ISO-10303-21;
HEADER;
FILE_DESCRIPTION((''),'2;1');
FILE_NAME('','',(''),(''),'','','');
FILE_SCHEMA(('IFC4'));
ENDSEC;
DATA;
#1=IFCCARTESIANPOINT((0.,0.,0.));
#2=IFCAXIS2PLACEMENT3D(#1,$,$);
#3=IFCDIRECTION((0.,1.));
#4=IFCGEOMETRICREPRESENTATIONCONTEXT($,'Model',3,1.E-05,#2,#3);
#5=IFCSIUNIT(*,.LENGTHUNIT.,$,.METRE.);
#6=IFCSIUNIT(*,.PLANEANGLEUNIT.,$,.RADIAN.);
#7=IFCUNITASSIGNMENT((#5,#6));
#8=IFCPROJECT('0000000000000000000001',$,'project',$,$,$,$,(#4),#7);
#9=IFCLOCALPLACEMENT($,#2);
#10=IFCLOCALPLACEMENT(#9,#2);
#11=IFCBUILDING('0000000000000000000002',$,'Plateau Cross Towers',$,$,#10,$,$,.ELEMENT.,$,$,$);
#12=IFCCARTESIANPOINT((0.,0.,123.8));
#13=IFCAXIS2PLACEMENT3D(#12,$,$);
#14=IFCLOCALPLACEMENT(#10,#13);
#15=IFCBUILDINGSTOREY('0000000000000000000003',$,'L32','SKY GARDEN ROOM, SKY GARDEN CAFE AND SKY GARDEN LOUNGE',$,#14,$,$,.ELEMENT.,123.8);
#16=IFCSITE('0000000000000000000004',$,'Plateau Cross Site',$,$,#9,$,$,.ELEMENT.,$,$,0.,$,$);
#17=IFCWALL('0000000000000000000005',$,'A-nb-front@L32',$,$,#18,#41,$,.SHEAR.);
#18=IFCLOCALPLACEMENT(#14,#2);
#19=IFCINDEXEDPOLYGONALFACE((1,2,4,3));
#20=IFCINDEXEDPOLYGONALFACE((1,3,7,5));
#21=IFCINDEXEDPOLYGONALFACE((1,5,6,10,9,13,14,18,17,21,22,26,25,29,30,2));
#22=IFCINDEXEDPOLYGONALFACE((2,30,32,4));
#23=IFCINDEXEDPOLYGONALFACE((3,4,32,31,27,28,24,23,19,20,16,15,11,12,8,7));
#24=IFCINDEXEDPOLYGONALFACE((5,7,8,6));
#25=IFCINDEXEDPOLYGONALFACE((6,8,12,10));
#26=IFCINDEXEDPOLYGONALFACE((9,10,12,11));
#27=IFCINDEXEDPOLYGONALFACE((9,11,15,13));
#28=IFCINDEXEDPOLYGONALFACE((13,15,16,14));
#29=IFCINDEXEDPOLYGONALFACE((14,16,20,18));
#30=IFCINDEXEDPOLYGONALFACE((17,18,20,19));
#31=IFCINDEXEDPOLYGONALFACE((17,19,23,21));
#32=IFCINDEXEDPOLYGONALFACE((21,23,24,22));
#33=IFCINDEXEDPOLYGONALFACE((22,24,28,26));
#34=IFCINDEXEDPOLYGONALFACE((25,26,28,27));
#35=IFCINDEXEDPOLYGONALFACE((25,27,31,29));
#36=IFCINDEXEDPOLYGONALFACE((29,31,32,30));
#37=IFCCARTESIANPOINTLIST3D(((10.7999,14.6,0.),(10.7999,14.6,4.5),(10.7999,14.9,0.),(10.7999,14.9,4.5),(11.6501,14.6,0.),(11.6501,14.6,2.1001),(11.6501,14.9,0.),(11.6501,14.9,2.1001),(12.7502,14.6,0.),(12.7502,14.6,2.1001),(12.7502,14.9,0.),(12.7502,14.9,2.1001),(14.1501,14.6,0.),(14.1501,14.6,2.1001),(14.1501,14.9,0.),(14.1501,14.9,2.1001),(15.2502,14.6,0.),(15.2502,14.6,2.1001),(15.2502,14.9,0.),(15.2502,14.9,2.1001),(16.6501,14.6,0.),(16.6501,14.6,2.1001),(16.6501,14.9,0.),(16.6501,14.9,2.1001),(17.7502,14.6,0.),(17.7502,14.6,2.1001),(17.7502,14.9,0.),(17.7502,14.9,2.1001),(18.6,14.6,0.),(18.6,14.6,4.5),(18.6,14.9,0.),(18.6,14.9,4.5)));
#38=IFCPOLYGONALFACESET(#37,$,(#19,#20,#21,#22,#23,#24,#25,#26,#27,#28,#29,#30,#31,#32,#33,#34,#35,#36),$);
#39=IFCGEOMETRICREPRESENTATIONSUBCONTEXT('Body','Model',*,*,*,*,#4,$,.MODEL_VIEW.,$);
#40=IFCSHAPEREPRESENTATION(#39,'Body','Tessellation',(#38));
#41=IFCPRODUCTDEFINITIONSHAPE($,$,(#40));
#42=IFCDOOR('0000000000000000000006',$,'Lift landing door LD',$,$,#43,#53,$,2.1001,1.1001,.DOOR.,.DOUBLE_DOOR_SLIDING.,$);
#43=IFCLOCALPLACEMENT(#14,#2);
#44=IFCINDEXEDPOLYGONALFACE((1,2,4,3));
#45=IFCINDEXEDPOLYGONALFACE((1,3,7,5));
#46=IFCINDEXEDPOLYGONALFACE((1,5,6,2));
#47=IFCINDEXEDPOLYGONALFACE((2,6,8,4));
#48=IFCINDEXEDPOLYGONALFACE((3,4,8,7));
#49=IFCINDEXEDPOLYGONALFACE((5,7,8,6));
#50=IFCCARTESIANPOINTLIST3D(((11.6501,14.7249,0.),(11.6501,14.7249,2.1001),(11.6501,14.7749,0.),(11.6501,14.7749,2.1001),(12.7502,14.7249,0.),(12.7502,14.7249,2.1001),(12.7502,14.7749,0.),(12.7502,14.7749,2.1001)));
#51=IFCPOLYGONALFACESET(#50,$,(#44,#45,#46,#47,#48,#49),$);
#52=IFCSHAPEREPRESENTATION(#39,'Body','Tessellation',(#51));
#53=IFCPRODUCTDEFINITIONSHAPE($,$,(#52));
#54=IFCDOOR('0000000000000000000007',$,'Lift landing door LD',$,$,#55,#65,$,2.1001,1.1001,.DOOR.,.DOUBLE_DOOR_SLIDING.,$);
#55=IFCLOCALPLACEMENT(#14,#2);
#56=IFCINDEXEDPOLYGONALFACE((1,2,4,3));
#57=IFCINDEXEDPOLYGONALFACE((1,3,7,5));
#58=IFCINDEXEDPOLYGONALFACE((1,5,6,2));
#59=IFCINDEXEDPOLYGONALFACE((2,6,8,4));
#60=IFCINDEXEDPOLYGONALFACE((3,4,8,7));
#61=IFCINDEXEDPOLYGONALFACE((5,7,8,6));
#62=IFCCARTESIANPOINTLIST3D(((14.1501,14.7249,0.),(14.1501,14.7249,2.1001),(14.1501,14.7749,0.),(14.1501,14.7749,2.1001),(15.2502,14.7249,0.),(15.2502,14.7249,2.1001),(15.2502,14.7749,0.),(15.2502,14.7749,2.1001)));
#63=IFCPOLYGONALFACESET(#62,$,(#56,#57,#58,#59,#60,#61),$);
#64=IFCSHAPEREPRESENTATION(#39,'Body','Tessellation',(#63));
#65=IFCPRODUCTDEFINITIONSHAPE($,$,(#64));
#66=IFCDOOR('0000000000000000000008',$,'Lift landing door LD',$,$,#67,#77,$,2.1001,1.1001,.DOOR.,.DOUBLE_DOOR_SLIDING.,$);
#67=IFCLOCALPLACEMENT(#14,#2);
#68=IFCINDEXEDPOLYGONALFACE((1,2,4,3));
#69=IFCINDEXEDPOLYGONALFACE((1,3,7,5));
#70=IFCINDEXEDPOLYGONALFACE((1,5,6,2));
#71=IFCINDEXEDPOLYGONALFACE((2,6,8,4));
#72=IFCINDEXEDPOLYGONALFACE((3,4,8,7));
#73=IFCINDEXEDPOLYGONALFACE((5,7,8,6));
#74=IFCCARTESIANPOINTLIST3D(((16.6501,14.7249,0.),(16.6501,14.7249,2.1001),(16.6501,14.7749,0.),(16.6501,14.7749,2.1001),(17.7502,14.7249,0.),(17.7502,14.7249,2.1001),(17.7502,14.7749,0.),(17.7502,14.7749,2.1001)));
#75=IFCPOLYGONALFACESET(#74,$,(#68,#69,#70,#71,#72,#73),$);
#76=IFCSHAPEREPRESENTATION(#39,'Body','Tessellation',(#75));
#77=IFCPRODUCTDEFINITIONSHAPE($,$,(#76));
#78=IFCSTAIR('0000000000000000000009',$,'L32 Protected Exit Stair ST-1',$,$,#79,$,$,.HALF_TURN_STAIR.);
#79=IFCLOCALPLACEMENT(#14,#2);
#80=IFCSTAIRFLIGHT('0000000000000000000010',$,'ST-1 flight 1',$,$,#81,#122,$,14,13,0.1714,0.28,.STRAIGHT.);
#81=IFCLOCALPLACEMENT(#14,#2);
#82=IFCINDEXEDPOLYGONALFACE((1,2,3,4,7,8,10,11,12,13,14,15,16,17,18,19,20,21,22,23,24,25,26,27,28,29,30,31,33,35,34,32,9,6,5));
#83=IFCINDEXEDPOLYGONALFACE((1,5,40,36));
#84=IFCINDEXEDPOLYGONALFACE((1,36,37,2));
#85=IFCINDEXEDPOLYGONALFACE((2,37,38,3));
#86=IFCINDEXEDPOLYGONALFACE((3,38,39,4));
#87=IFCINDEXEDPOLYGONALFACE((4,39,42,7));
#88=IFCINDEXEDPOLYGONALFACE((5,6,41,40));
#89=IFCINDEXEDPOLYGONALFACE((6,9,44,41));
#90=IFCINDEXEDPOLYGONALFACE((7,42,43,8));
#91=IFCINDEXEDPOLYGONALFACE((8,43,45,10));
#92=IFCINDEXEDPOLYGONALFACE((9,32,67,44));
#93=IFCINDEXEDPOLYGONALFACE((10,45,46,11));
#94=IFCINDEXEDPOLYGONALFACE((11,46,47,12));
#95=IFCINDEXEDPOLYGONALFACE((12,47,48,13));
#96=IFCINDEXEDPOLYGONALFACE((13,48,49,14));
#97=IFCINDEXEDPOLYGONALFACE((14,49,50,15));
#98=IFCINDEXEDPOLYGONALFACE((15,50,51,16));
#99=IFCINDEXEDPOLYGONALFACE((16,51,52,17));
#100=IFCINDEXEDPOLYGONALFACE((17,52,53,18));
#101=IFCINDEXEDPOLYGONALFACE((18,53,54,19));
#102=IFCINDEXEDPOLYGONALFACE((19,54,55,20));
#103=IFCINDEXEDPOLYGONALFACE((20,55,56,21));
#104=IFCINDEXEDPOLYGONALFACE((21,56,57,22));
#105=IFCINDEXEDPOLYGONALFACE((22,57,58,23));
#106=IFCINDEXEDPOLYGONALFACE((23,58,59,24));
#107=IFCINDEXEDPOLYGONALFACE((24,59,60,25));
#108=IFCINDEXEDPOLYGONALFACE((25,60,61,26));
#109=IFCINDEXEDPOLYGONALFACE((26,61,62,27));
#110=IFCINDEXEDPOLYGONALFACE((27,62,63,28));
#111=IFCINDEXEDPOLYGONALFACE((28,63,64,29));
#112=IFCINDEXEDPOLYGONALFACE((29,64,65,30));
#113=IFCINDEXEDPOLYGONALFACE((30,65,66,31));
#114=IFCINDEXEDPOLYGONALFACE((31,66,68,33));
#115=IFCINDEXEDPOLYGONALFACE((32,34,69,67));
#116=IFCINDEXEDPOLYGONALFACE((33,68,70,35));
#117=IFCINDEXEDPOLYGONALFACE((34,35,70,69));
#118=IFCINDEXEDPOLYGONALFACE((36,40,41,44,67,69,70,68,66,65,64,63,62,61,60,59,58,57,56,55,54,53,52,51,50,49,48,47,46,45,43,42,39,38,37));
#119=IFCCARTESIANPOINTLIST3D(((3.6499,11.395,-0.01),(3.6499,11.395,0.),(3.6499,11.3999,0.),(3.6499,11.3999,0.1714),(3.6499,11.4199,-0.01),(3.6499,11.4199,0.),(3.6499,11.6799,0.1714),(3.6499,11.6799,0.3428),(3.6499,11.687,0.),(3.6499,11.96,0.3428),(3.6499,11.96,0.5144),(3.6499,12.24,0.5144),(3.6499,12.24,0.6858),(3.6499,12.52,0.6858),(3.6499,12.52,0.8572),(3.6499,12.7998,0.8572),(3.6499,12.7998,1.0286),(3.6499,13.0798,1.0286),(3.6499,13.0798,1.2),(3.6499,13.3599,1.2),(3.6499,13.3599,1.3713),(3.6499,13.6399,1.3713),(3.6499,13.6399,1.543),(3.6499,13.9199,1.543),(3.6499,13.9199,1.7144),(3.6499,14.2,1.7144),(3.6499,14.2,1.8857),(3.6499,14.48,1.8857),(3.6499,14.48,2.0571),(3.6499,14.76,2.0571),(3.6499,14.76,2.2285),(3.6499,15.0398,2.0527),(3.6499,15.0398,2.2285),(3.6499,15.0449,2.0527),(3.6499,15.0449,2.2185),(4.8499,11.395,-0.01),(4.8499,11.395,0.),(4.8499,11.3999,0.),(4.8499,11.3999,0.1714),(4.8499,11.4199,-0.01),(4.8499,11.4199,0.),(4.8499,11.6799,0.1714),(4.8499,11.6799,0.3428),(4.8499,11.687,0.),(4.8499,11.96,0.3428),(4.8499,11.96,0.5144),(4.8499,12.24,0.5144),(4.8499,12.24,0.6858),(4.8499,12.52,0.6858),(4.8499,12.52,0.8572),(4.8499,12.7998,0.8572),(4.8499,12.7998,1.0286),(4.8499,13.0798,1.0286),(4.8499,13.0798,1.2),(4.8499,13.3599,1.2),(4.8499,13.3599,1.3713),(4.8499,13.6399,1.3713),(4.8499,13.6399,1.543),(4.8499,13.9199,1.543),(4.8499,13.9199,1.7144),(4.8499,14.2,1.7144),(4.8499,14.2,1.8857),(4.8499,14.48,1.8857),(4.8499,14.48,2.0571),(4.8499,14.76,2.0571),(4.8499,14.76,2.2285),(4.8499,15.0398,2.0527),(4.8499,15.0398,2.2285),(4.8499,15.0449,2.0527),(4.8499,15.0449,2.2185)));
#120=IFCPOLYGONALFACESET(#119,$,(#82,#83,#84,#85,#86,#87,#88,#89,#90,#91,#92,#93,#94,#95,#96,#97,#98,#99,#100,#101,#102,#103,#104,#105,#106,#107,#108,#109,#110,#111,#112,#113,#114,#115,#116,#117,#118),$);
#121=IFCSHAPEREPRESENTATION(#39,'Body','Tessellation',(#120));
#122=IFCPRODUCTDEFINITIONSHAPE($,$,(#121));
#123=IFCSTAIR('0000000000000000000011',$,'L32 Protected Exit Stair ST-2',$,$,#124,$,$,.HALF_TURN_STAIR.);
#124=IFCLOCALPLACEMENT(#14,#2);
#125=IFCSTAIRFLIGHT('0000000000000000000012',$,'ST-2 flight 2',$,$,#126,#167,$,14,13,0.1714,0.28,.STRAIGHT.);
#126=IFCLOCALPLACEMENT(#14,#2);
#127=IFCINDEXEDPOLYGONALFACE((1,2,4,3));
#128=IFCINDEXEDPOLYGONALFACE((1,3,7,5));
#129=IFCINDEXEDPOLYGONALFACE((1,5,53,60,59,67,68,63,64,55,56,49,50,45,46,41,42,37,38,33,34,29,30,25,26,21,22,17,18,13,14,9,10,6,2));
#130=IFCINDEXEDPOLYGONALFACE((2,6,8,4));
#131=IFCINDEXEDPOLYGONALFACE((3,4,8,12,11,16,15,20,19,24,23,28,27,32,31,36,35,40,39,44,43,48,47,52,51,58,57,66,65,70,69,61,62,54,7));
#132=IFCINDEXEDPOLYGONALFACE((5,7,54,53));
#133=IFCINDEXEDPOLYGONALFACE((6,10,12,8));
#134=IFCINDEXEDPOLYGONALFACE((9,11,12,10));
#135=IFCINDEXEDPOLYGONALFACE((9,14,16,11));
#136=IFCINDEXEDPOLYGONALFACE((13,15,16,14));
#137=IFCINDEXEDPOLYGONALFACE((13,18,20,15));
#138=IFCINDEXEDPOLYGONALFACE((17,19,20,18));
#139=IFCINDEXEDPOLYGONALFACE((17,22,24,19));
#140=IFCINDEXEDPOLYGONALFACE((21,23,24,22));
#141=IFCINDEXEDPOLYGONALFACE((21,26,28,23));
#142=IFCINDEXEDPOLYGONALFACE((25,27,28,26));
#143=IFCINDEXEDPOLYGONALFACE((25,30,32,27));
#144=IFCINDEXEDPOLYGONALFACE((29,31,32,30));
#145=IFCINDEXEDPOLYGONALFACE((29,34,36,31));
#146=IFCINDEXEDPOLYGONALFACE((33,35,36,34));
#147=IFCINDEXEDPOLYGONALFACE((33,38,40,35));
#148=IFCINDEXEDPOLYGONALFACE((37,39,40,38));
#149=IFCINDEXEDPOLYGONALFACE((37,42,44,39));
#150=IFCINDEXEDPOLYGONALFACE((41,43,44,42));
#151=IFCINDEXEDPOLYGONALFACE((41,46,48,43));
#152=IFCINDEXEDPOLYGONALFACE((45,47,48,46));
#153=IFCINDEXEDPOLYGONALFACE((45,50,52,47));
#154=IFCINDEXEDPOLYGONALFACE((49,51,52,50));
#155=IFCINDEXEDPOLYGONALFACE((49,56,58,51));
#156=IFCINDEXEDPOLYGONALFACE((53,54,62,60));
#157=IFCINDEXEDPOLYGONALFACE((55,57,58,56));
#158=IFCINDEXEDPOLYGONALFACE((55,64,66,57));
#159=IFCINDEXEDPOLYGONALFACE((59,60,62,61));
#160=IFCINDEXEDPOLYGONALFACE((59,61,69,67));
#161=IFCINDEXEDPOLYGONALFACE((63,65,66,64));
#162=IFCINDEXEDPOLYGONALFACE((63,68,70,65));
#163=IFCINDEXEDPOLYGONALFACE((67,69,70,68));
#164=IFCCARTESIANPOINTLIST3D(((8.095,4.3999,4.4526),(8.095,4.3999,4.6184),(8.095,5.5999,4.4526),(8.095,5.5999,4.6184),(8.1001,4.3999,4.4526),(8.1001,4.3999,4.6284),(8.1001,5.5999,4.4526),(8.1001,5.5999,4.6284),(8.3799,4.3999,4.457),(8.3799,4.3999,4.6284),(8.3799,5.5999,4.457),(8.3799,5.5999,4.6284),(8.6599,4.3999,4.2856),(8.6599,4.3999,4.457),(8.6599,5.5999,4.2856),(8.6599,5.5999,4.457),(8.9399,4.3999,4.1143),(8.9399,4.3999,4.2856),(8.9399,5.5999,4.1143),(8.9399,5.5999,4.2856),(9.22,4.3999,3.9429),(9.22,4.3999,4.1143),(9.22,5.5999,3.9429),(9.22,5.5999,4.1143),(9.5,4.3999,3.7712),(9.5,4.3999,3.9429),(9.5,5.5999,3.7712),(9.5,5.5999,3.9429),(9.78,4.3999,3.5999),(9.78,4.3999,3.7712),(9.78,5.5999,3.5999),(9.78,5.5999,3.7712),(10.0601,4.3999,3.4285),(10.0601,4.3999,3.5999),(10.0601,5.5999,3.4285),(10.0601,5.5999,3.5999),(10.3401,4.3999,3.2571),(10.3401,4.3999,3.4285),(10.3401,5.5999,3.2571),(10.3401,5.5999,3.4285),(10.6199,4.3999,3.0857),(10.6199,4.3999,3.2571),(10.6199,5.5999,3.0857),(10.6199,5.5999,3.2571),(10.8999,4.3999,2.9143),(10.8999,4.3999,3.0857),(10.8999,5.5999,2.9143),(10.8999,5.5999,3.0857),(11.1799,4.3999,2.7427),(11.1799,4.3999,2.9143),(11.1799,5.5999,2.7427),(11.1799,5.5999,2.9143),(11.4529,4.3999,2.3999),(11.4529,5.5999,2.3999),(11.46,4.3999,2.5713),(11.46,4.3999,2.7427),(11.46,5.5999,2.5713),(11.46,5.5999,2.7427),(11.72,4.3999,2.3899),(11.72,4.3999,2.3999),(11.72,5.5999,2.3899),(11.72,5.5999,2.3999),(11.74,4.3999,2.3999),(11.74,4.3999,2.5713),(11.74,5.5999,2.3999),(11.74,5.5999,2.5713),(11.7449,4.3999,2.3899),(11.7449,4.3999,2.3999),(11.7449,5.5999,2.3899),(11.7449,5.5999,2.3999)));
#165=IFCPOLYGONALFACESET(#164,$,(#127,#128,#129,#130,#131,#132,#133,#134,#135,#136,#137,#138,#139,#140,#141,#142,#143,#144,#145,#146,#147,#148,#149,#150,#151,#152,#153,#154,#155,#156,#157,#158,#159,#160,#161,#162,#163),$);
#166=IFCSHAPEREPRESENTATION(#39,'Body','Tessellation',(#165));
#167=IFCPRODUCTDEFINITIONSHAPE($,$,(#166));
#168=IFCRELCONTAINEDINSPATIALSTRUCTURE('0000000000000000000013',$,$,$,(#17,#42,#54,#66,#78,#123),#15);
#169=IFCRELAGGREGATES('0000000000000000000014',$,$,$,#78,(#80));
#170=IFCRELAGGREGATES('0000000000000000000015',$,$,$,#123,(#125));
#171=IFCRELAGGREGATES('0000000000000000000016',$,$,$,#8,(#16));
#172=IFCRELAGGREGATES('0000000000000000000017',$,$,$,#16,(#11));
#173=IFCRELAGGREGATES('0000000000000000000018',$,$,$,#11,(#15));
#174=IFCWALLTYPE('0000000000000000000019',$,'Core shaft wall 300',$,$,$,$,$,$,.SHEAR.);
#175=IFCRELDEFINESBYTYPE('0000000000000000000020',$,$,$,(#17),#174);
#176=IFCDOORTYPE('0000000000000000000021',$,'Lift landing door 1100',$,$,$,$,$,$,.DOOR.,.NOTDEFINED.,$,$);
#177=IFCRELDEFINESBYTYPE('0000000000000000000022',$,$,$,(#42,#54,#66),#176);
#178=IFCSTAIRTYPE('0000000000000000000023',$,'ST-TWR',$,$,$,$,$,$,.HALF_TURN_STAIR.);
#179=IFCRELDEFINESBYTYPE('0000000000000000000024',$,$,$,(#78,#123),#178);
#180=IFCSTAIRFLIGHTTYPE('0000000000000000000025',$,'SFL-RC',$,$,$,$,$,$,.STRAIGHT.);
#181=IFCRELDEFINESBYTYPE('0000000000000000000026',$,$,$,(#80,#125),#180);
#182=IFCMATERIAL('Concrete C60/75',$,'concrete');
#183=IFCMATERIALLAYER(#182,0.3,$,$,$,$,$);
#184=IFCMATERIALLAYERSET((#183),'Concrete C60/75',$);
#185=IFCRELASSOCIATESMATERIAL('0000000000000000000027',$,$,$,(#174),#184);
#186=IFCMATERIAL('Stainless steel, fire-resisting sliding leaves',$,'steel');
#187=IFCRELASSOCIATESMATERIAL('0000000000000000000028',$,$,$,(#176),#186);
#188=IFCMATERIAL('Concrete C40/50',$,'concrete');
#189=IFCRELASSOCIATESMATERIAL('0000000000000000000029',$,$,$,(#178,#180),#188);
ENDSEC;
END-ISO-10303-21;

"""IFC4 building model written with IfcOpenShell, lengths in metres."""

from ifc_helpers import new_model, si_unit, direction, frame, frame_2d, origin, place, context, subcontext, project, spatial, polyline, rectangle, outline, extrude, material, layer, layer_set, type_object, element, fill, aggregate, save


model = new_model("IFC4")

# Units and contexts
model_context = context("Model", 3, precision=1e-05, world=origin(), true_north=direction((0.0, 1.0)))
body_context = subcontext(model_context, "Body", "Model", "MODEL_VIEW")
ifc_project = project(units=[si_unit("LENGTHUNIT", "METRE"), si_unit("PLANEANGLEUNIT", "RADIAN")], contexts=[model_context])

# Site, building, storey
site_placement = place(None, origin())
site = spatial("IfcSite", under=ifc_project, at=site_placement, Name="Plateau Cross Site", CompositionType="ELEMENT", RefElevation=0.0)
building_placement = place(site_placement, origin())
building = spatial("IfcBuilding", under=site, at=building_placement, Name="Plateau Cross Towers", CompositionType="ELEMENT")
storey_placement = place(building_placement, frame((0.0, 0.0, 123.8)))
storey = spatial("IfcBuildingStorey", under=building, at=storey_placement, Name="L32", Description="SKY GARDEN ROOM, SKY GARDEN CAFE AND SKY GARDEN LOUNGE", CompositionType="ELEMENT", Elevation=123.8)

# Shared definitions
ifc_material_1 = material(Name="Concrete C60/75", Category="concrete")
ifc_layer_1 = layer(ifc_material_1, 0.3)
ifc_layer_set_1 = layer_set([ifc_layer_1], Name="Concrete C60/75")
wall_type_1 = type_object("IfcWallType", Name="Core shaft wall 300", PredefinedType="SHEAR", material=ifc_layer_set_1)

# Wall, openings, doors
wall_1_placement = place(storey_placement, frame((10.8, 14.75, 0.0), z_axis=(0.0, 0.0, 1.0), x_axis=(1.0, 0.0, 0.0)))
wall_1 = element("IfcWall", 1, at=wall_1_placement, inside=storey, type_object=wall_type_1, Name="A-nb-front@L32", PredefinedType="SHEAR", context=body_context, shape_type="SweptSolid", body=[
    extrude(rectangle(XDim=7.8, YDim=0.3, at=frame_2d((3.8999, 0.0))), origin(), (0.0, 0.0, 1.0), 4.5),
])
opening_1_placement = place(wall_1_placement, frame((0.8501, 0.0, 0.0)))
opening_1 = element("IfcOpeningElement", 2, at=opening_1_placement, cuts=wall_1, PredefinedType="OPENING", context=body_context, shape_type="SweptSolid", body=[
    extrude(rectangle(XDim=1.1001, YDim=2.1001, at=frame_2d((0.55, 1.05))), frame((0.0, 0.1599, 0.0), z_axis=(0.0, -1.0, 0.0), x_axis=(1.0, 0.0, 0.0)), (0.0, 0.0, 1.0), 0.3201),
])
opening_2_placement = place(wall_1_placement, frame((3.3501, 0.0, 0.0)))
opening_2 = element("IfcOpeningElement", 3, at=opening_2_placement, cuts=wall_1, PredefinedType="OPENING", context=body_context, shape_type="SweptSolid", body=[
    extrude(rectangle(XDim=1.1001, YDim=2.1001, at=frame_2d((0.55, 1.05))), frame((0.0, 0.1599, 0.0), z_axis=(0.0, -1.0, 0.0), x_axis=(1.0, 0.0, 0.0)), (0.0, 0.0, 1.0), 0.3201),
])
opening_3_placement = place(wall_1_placement, frame((5.8501, 0.0, 0.0)))
opening_3 = element("IfcOpeningElement", 4, at=opening_3_placement, cuts=wall_1, PredefinedType="OPENING", context=body_context, shape_type="SweptSolid", body=[
    extrude(rectangle(XDim=1.1001, YDim=2.1001, at=frame_2d((0.55, 1.05))), frame((0.0, 0.1599, 0.0), z_axis=(0.0, -1.0, 0.0), x_axis=(1.0, 0.0, 0.0)), (0.0, 0.0, 1.0), 0.3201),
])
ifc_material_2 = material(Name="Stainless steel, fire-resisting sliding leaves", Category="steel")
door_type_1 = type_object("IfcDoorType", Name="Lift landing door 1100", OperationType="NOTDEFINED", PredefinedType="DOOR", material=ifc_material_2)
door_1_placement = place(opening_1_placement, origin())
door_1 = element("IfcDoor", 5, at=door_1_placement, inside=storey, type_object=door_type_1, Name="Lift landing door LD", OperationType="DOUBLE_DOOR_SLIDING", OverallHeight=2.1001, OverallWidth=1.1001, PredefinedType="DOOR", context=body_context, shape_type="SweptSolid", body=[
    extrude(rectangle(XDim=1.1001, YDim=2.1001, at=frame_2d((0.55, 1.05))), frame((0.0, 0.0249, 0.0), z_axis=(0.0, -1.0, 0.0), x_axis=(1.0, 0.0, 0.0)), (0.0, 0.0, 1.0), 0.05),
])
fill(opening_1, door_1)
door_2_placement = place(opening_2_placement, origin())
door_2 = element("IfcDoor", 6, at=door_2_placement, inside=storey, type_object=door_type_1, Name="Lift landing door LD", OperationType="DOUBLE_DOOR_SLIDING", OverallHeight=2.1001, OverallWidth=1.1001, PredefinedType="DOOR", context=body_context, shape_type="SweptSolid", body=[
    extrude(rectangle(XDim=1.1001, YDim=2.1001, at=frame_2d((0.55, 1.05))), frame((0.0, 0.0249, 0.0), z_axis=(0.0, -1.0, 0.0), x_axis=(1.0, 0.0, 0.0)), (0.0, 0.0, 1.0), 0.05),
])
fill(opening_2, door_2)
door_3_placement = place(opening_3_placement, origin())
door_3 = element("IfcDoor", 7, at=door_3_placement, inside=storey, type_object=door_type_1, Name="Lift landing door LD", OperationType="DOUBLE_DOOR_SLIDING", OverallHeight=2.1001, OverallWidth=1.1001, PredefinedType="DOOR", context=body_context, shape_type="SweptSolid", body=[
    extrude(rectangle(XDim=1.1001, YDim=2.1001, at=frame_2d((0.55, 1.05))), frame((0.0, 0.0249, 0.0), z_axis=(0.0, -1.0, 0.0), x_axis=(1.0, 0.0, 0.0)), (0.0, 0.0, 1.0), 0.05),
])
fill(opening_3, door_3)

# Stairs, stair flights
ifc_material_3 = material(Name="Concrete C40/50", Category="concrete")
stair_type = type_object("IfcStairType", Name="ST-TWR", PredefinedType="HALF_TURN_STAIR", material=ifc_material_3)
stair_1_placement = place(storey_placement, origin())
stair_1 = element("IfcStair", 8, at=stair_1_placement, inside=storey, type_object=stair_type, Name="L32 Protected Exit Stair ST-1", PredefinedType="HALF_TURN_STAIR")
stair_flight_type = type_object("IfcStairFlightType", Name="SFL-RC", PredefinedType="STRAIGHT", material=ifc_material_3)
stair_flight_1_placement = place(storey_placement, frame((4.25, 11.3999, 0.0), z_axis=(0.0, 0.0, 1.0), x_axis=(0.0, 1.0, 0.0)))
stair_flight_1 = element("IfcStairFlight", 9, at=stair_flight_1_placement, type_object=stair_flight_type, Name="ST-1 flight 1", NumberOfRisers=14, NumberOfTreads=13, PredefinedType="STRAIGHT", RiserHeight=0.1714, TreadLength=0.28, context=body_context, shape_type="SweptSolid", body=[
    extrude(outline(polyline([(-0.0049, -0.01), (-0.0049, 0.0), (0.0, 0.0), (0.0, 0.1714), (0.28, 0.1714), (0.28, 0.3428), (0.5601, 0.3428), (0.5601, 0.5144), (0.8401, 0.5144), (0.8401, 0.6858), (1.1201, 0.6858), (1.1201, 0.8572), (1.3999, 0.8572), (1.3999, 1.0286), (1.6799, 1.0286), (1.6799, 1.2), (1.96, 1.2), (1.96, 1.3713), (2.24, 1.3713), (2.24, 1.543), (2.52, 1.543), (2.52, 1.7144), (2.8, 1.7144), (2.8, 1.8857), (3.0801, 1.8857), (3.0801, 2.0571), (3.3601, 2.0571), (3.3601, 2.2285), (3.6399, 2.2285), (3.645, 2.2185), (3.645, 2.0527), (3.6399, 2.0527), (0.2871, 0.0), (0.02, 0.0), (0.02, -0.01), (-0.0049, -0.01)])), frame((0.0, 0.6001, 0.0), z_axis=(0.0, -1.0, 0.0), x_axis=(1.0, 0.0, 0.0)), (0.0, 0.0, 1.0), 1.2),
])
aggregate(stair_1, [stair_flight_1])
stair_2_placement = place(storey_placement, origin())
stair_2 = element("IfcStair", 10, at=stair_2_placement, inside=storey, type_object=stair_type, Name="L32 Protected Exit Stair ST-2", PredefinedType="HALF_TURN_STAIR")
stair_flight_2_placement = place(storey_placement, frame((11.74, 5.0, 2.3999), z_axis=(0.0, 0.0, 1.0), x_axis=(-1.0, 0.0, 0.0)))
stair_flight_2 = element("IfcStairFlight", 11, at=stair_flight_2_placement, type_object=stair_flight_type, Name="ST-2 flight 2", NumberOfRisers=14, NumberOfTreads=13, PredefinedType="STRAIGHT", RiserHeight=0.1714, TreadLength=0.28, context=body_context, shape_type="SweptSolid", body=[
    extrude(outline(polyline([(-0.0049, -0.01), (-0.0049, 0.0), (0.0, 0.0), (0.0, 0.1714), (0.28, 0.1714), (0.28, 0.3428), (0.5601, 0.3428), (0.5601, 0.5144), (0.8401, 0.5144), (0.8401, 0.6858), (1.1201, 0.6858), (1.1201, 0.8572), (1.3999, 0.8572), (1.3999, 1.0286), (1.6799, 1.0286), (1.6799, 1.2), (1.96, 1.2), (1.96, 1.3713), (2.24, 1.3713), (2.24, 1.543), (2.52, 1.543), (2.52, 1.7144), (2.8, 1.7144), (2.8, 1.8857), (3.0801, 1.8857), (3.0801, 2.0571), (3.3601, 2.0571), (3.3601, 2.2285), (3.6399, 2.2285), (3.645, 2.2185), (3.645, 2.0527), (3.6399, 2.0527), (0.2871, 0.0), (0.02, 0.0), (0.02, -0.01), (-0.0049, -0.01)])), frame((0.0, 0.6001, 0.0), z_axis=(0.0, -1.0, 0.0), x_axis=(1.0, 0.0, 0.0)), (0.0, 0.0, 1.0), 1.2),
])
aggregate(stair_2, [stair_flight_2])

save(model, "model.ifc")
